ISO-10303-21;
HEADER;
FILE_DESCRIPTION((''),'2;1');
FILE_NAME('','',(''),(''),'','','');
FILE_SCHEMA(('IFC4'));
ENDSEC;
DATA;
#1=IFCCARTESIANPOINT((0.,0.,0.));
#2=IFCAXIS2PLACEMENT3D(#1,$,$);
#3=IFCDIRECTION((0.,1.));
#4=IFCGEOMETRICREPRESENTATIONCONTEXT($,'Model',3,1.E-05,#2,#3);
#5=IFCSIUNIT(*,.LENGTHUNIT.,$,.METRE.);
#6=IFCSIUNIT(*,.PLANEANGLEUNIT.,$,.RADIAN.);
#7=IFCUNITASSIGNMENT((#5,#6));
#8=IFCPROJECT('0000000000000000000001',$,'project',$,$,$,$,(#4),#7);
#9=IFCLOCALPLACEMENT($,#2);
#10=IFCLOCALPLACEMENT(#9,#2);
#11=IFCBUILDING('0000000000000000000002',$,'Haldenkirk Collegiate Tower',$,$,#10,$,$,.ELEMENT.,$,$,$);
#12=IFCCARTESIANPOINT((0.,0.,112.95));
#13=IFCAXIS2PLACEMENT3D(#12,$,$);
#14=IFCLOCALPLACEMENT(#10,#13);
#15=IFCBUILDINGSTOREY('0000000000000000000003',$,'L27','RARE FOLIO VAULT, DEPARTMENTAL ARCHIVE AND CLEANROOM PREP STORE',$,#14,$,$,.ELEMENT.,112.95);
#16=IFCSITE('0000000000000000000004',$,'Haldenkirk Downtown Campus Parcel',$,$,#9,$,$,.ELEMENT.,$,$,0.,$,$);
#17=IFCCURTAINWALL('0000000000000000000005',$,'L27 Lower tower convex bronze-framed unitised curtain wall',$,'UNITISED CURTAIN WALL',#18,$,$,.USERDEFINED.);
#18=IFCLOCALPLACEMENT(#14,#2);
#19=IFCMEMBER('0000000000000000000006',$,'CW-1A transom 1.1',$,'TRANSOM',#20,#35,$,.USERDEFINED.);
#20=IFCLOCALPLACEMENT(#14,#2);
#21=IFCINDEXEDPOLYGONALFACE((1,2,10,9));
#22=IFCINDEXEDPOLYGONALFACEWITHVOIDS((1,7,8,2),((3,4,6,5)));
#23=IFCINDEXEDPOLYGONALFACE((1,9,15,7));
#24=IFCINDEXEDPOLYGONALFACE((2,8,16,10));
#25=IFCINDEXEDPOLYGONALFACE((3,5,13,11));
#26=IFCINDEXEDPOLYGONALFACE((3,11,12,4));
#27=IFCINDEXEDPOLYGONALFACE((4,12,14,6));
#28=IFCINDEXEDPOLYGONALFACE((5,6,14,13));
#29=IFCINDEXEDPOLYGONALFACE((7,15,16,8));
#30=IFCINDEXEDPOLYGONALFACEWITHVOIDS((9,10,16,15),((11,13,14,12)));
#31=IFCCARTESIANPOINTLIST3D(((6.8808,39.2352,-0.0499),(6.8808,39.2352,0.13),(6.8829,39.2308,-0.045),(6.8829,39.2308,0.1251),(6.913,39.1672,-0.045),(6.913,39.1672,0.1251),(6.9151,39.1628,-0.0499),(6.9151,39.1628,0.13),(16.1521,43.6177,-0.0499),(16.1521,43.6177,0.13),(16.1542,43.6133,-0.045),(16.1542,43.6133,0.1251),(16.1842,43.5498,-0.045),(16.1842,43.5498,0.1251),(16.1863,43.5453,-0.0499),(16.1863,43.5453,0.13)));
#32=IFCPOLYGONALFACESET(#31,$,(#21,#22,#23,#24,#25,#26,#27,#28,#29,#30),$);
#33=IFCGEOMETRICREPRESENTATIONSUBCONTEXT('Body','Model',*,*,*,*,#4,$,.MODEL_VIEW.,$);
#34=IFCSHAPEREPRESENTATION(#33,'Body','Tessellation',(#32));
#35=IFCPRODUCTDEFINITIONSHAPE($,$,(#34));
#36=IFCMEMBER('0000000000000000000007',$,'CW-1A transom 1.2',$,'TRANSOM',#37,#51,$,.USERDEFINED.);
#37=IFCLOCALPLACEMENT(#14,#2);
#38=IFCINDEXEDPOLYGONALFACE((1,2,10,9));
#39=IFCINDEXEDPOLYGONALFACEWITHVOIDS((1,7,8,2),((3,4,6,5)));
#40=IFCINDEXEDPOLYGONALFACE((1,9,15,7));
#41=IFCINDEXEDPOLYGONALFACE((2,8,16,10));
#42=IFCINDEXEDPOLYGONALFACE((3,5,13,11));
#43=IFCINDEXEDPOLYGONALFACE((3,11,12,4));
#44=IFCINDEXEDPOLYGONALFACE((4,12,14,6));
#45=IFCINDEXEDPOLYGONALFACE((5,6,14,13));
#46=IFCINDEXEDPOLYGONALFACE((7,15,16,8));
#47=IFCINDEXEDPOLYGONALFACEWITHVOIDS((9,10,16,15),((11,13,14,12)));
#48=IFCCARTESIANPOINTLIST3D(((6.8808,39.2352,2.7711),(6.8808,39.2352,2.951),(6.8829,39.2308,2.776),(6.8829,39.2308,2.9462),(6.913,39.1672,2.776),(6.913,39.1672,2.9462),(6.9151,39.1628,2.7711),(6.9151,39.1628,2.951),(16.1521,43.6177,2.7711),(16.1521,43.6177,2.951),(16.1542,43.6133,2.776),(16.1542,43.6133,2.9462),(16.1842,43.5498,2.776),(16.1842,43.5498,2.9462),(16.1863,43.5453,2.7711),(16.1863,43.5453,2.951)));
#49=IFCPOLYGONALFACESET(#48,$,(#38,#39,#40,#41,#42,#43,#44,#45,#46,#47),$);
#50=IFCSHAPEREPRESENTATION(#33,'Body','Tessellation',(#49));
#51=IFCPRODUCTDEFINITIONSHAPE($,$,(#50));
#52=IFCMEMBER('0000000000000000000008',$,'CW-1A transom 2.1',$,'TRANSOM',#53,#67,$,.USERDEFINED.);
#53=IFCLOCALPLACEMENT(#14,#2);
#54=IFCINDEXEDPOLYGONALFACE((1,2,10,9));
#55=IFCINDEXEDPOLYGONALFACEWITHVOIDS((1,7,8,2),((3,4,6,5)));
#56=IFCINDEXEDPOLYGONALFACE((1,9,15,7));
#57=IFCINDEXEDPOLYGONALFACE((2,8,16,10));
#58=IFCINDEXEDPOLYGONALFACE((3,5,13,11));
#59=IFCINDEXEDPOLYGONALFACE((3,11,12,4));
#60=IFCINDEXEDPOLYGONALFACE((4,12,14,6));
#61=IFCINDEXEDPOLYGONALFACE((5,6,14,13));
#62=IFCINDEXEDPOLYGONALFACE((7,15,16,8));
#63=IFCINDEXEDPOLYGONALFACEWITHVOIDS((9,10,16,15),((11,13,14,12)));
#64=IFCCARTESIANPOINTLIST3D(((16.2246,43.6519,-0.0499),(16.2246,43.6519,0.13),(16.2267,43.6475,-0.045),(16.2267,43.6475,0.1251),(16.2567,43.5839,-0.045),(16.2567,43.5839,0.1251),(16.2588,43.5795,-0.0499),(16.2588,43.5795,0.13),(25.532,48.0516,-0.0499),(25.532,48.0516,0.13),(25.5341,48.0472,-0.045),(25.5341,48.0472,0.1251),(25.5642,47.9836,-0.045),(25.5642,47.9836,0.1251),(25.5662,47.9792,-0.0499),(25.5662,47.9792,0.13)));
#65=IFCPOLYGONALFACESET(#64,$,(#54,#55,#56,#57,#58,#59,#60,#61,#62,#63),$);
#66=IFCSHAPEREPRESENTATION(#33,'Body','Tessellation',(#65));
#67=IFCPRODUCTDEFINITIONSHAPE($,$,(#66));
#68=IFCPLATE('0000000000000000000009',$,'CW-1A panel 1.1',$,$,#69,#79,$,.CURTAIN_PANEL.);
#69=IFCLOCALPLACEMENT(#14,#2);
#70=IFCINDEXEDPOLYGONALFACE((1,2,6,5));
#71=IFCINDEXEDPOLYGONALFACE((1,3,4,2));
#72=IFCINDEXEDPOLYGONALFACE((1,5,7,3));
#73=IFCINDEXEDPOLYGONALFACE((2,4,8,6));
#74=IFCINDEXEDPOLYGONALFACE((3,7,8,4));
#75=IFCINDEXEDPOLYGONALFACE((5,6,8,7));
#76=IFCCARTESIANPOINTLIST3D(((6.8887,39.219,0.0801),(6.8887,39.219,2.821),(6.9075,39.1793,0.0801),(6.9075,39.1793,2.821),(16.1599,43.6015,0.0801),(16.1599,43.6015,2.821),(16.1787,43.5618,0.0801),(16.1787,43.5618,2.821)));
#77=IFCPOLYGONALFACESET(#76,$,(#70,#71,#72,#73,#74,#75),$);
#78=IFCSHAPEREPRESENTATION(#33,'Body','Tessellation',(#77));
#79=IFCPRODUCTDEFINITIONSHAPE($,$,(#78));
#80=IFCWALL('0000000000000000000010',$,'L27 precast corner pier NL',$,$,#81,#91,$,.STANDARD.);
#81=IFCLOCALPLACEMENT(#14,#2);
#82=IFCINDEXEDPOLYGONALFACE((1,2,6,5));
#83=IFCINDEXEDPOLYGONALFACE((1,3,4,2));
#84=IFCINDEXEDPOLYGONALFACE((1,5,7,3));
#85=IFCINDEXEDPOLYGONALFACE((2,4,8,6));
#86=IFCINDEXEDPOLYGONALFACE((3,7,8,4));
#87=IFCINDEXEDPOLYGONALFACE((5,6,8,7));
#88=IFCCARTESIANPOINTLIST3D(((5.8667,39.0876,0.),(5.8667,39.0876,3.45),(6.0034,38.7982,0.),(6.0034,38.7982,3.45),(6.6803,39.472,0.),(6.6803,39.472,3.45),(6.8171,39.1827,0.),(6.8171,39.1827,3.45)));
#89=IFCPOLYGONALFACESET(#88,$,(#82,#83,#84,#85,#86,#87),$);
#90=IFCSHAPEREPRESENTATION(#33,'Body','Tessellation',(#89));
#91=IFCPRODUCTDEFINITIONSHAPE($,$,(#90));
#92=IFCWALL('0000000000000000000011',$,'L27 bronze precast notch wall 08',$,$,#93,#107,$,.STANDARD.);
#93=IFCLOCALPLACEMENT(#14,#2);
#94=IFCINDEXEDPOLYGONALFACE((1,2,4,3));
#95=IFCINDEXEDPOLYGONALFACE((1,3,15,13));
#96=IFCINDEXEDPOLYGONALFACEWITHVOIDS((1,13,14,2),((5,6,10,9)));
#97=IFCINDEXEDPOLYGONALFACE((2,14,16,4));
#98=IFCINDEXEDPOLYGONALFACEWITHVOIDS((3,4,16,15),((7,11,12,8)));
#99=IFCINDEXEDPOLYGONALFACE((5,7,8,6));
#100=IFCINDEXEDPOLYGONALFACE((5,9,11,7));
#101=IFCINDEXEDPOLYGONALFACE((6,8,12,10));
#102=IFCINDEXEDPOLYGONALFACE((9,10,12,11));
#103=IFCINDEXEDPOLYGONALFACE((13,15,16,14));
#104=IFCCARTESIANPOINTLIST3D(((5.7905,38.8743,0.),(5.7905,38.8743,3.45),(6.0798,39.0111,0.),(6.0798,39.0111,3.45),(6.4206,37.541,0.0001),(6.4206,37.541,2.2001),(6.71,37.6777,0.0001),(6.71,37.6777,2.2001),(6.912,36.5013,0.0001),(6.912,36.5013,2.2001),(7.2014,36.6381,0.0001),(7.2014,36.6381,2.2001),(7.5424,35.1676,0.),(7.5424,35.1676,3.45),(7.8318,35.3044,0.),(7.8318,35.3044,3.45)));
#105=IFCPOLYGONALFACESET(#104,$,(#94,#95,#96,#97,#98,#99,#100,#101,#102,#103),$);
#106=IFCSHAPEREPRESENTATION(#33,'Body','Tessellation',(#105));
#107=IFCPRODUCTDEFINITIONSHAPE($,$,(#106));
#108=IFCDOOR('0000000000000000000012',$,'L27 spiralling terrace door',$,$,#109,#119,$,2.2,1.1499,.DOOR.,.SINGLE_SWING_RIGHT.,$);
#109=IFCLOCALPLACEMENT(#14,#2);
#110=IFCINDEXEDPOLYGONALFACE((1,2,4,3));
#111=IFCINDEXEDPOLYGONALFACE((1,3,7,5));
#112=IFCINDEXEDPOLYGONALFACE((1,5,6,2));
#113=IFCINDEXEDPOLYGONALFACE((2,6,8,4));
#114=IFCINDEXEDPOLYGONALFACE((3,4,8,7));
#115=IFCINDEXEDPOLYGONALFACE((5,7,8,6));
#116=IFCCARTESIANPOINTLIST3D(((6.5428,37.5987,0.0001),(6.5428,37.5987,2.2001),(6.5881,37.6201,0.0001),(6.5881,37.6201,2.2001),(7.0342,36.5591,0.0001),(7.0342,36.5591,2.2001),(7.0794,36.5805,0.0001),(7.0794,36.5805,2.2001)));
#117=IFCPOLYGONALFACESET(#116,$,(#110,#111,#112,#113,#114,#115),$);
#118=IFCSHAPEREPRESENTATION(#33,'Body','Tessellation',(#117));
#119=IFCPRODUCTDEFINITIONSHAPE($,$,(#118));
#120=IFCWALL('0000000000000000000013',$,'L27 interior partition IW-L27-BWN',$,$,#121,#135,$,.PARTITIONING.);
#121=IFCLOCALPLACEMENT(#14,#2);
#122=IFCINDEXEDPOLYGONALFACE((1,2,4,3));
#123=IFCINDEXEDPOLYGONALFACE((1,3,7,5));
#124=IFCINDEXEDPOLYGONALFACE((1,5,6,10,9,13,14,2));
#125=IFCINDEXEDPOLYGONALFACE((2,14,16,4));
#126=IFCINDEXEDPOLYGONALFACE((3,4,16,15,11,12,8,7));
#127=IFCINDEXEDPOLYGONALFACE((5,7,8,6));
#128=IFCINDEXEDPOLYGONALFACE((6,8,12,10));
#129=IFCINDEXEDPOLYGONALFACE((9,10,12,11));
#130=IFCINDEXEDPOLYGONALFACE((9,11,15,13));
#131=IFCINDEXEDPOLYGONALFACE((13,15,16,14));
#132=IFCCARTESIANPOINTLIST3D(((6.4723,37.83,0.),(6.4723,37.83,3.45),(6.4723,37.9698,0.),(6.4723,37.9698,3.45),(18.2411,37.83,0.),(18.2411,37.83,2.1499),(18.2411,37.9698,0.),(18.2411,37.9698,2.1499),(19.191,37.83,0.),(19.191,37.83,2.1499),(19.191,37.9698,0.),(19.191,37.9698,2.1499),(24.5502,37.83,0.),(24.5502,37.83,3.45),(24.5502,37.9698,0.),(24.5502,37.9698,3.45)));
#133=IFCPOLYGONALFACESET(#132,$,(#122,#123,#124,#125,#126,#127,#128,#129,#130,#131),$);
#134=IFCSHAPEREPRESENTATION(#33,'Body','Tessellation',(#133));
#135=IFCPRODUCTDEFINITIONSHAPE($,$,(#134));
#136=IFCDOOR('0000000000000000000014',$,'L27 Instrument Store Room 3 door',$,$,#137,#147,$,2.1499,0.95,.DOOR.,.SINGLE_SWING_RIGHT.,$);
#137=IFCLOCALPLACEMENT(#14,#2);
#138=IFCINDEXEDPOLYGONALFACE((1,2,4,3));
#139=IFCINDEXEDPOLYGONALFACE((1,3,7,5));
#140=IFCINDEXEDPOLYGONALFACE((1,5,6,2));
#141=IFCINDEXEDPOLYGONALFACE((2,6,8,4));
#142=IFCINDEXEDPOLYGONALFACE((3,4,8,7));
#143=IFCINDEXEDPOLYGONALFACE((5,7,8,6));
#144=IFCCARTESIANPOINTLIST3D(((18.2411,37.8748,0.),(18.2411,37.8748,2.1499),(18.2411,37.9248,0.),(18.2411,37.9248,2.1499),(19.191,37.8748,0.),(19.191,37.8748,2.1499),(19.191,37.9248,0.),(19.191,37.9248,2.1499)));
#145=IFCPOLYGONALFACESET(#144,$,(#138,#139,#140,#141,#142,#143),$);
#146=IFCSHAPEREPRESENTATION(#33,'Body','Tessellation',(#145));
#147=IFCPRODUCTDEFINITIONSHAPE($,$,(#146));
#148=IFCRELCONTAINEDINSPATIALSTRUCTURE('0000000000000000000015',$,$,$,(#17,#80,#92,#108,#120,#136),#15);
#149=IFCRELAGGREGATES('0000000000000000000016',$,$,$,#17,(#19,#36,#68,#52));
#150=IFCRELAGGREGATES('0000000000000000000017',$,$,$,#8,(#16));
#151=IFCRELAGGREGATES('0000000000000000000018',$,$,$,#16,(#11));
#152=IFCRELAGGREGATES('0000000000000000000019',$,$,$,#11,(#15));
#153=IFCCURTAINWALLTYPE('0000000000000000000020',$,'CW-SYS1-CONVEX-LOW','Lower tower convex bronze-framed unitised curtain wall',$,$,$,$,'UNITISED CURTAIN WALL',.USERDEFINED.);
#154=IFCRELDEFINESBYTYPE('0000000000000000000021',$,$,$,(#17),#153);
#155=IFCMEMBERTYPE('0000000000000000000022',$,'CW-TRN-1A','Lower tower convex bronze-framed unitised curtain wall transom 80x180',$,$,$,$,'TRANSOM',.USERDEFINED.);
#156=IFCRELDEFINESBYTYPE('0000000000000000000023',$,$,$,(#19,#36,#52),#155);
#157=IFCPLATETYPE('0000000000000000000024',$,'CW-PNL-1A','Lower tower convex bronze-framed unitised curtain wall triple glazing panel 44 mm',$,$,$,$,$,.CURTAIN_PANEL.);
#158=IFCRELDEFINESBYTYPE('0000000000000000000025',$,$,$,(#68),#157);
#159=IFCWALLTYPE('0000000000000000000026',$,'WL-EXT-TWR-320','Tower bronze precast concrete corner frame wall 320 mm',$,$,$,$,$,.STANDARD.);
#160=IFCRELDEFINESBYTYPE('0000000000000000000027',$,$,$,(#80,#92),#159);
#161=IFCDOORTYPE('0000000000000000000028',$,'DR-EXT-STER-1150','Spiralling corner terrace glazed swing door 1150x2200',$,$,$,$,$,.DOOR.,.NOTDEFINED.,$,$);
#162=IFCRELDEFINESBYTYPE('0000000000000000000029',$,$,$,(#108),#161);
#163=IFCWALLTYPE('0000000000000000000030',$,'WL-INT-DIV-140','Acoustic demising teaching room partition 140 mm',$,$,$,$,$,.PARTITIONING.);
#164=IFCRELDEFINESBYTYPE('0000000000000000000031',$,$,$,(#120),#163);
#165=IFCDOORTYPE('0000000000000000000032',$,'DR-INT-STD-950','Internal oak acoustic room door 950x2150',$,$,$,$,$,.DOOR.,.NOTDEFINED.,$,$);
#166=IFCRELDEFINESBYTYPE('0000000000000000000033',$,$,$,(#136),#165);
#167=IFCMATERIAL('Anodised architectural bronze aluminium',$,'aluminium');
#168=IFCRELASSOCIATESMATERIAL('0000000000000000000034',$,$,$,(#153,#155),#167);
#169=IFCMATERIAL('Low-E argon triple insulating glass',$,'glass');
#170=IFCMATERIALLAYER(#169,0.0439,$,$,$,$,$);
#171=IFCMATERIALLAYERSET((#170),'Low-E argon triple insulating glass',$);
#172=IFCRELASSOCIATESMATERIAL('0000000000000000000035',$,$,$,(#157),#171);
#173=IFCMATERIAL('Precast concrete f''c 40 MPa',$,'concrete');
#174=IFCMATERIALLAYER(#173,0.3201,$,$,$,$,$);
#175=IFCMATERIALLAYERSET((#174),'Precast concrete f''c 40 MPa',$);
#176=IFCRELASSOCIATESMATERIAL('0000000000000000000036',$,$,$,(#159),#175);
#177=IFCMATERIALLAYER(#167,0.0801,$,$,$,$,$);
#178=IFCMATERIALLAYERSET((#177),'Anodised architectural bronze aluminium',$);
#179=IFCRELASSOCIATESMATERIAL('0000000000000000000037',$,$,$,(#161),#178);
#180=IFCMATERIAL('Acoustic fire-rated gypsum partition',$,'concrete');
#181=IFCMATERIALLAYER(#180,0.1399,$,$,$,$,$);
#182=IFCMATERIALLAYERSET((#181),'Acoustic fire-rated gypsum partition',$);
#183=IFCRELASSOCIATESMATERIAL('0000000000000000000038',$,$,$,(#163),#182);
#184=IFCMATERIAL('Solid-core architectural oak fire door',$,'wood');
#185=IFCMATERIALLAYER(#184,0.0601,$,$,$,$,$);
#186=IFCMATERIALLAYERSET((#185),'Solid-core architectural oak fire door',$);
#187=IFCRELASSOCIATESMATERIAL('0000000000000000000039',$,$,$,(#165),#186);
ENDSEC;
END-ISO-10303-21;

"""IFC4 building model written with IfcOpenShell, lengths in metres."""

from ifc_helpers import new_model, si_unit, direction, frame, frame_2d, origin, origin_2d, place, context, subcontext, project, spatial, rectangle, hollow_rectangle, extrude, source, transform, mapped, material, layer, layer_set, material_profile, profile_set, type_object, element, fill, aggregate, save


model = new_model("IFC4")

# Units and contexts
model_context = context("Model", 3, precision=1e-05, world=origin(), true_north=direction((0.0, 1.0)))
body_context = subcontext(model_context, "Body", "Model", "MODEL_VIEW")
ifc_project = project(units=[si_unit("LENGTHUNIT", "METRE"), si_unit("PLANEANGLEUNIT", "RADIAN")], contexts=[model_context])

# Site, building, storey
site_placement = place(None, origin())
site = spatial("IfcSite", under=ifc_project, at=site_placement, Name="Haldenkirk Downtown Campus Parcel", CompositionType="ELEMENT", RefElevation=0.0)
building_placement = place(site_placement, origin())
building = spatial("IfcBuilding", under=site, at=building_placement, Name="Haldenkirk Collegiate Tower", CompositionType="ELEMENT")
storey_placement = place(building_placement, frame((0.0, 0.0, 112.95)))
storey = spatial("IfcBuildingStorey", under=building, at=storey_placement, Name="L27", Description="RARE FOLIO VAULT, DEPARTMENTAL ARCHIVE AND CLEANROOM PREP STORE", CompositionType="ELEMENT", Elevation=112.95)

# Curtain wall, members, plate
ifc_material_1 = material(Name="Anodised architectural bronze aluminium", Category="aluminium")
curtain_wall_type = type_object("IfcCurtainWallType", Name="CW-SYS1-CONVEX-LOW", Description="Lower tower convex bronze-framed unitised curtain wall", ElementType="UNITISED CURTAIN WALL", PredefinedType="USERDEFINED", material=ifc_material_1)
curtain_wall_placement = place(storey_placement, origin())
curtain_wall = element("IfcCurtainWall", 1, at=curtain_wall_placement, inside=storey, type_object=curtain_wall_type, Name="L27 Lower tower convex bronze-framed unitised curtain wall", ObjectType="UNITISED CURTAIN WALL", PredefinedType="USERDEFINED")
ifc_material_profile_1 = material_profile(ifc_material_1, hollow_rectangle(XDim=0.0801, YDim=0.1799, WallThickness=0.0049, at=origin_2d()), Name="CW-TRN-1A")
ifc_profile_set_1 = profile_set([ifc_material_profile_1], Name="Anodised architectural bronze aluminium")
member_type_1 = type_object("IfcMemberType", Name="CW-TRN-1A", Description="Lower tower convex bronze-framed unitised curtain wall transom 80x180", ElementType="TRANSOM", PredefinedType="USERDEFINED", material=ifc_profile_set_1)
member_1_placement = place(storey_placement, frame((6.8979, 39.199, 0.04), z_axis=(0.90408, 0.427364, 0.0), x_axis=(-0.427364, 0.90408, 0.0)))
member_1 = element("IfcMember", 2, at=member_1_placement, type_object=member_type_1, Name="CW-1A transom 1.1", ObjectType="TRANSOM", PredefinedType="USERDEFINED", context=body_context, shape_type="SweptSolid", body=[
    extrude(hollow_rectangle(XDim=0.0801, YDim=0.1799, WallThickness=0.0049, at=origin_2d()), origin(), (0.0, 0.0, 1.0), 10.2549),
])
member_2_placement = place(storey_placement, frame((6.8979, 39.199, 2.8611), z_axis=(0.90408, 0.427364, 0.0), x_axis=(-0.427364, 0.90408, 0.0)))
member_2 = element("IfcMember", 3, at=member_2_placement, type_object=member_type_1, Name="CW-1A transom 1.2", ObjectType="TRANSOM", PredefinedType="USERDEFINED", context=body_context, shape_type="SweptSolid", body=[
    extrude(hollow_rectangle(XDim=0.0801, YDim=0.1799, WallThickness=0.0049, at=origin_2d()), origin(), (0.0, 0.0, 1.0), 10.2549),
])
member_3_placement = place(storey_placement, frame((16.2417, 43.6157, 0.04), z_axis=(0.904079, 0.427364, 0.0), x_axis=(-0.427364, 0.904079, 0.0)))
member_3 = element("IfcMember", 4, at=member_3_placement, type_object=member_type_1, Name="CW-1A transom 2.1", ObjectType="TRANSOM", PredefinedType="USERDEFINED", context=body_context, shape_type="SweptSolid", body=[
    extrude(hollow_rectangle(XDim=0.0801, YDim=0.1799, WallThickness=0.0049, at=origin_2d()), origin(), (0.0, 0.0, 1.0), 10.2949),
])
ifc_material_2 = material(Name="Low-E argon triple insulating glass", Category="glass")
ifc_layer_1 = layer(ifc_material_2, 0.0439)
ifc_layer_set_1 = layer_set([ifc_layer_1], Name="Low-E argon triple insulating glass")
plate_type = type_object("IfcPlateType", Name="CW-PNL-1A", Description="Lower tower convex bronze-framed unitised curtain wall triple glazing panel 44 mm", PredefinedType="CURTAIN_PANEL", material=ifc_layer_set_1)
shared_shape_1 = source(origin(), body_context, "Body", "SweptSolid", [
    extrude(rectangle(XDim=10.2549, YDim=0.0439, at=origin_2d()), origin(), (0.0, 0.0, 1.0), 2.741),
])
plate_placement = place(storey_placement, frame((11.5337, 41.3904, 0.0801), z_axis=(0.0, 0.0, 1.0), x_axis=(0.904082, 0.427359, 0.0)))
plate = element("IfcPlate", 5, at=plate_placement, type_object=plate_type, Name="CW-1A panel 1.1", PredefinedType="CURTAIN_PANEL", context=body_context, shape_type="MappedRepresentation", body=[
    mapped(shared_shape_1, transform((0.0, 0.0, 0.0), x_axis=(1.0, 0.0, 0.0), y_axis=(0.0, 1.0, 0.0), z_axis=(0.0, 0.0, 1.0), scale=1.0)),
])
aggregate(curtain_wall, [member_1, member_2, plate, member_3])

# Wall
ifc_material_3 = material(Name="Precast concrete f'c 40 MPa", Category="concrete")
ifc_layer_2 = layer(ifc_material_3, 0.3201)
ifc_layer_set_2 = layer_set([ifc_layer_2], Name="Precast concrete f'c 40 MPa")
wall_type_1 = type_object("IfcWallType", Name="WL-EXT-TWR-320", Description="Tower bronze precast concrete corner frame wall 320 mm", PredefinedType="STANDARD", material=ifc_layer_set_2)
wall_1_placement = place(storey_placement, frame((5.9351, 38.9429, 0.0), z_axis=(0.0, 0.0, 1.0), x_axis=(0.904135, 0.427247, 0.0)))
element("IfcWall", 6, at=wall_1_placement, inside=storey, type_object=wall_type_1, Name="L27 precast corner pier NL", PredefinedType="STANDARD", context=body_context, shape_type="SweptSolid", body=[
    extrude(rectangle(XDim=0.8999, YDim=0.3201, at=frame_2d((0.45, 0.0))), origin(), (0.0, 0.0, 1.0), 3.45),
])

# Walls, openings, doors
wall_2_placement = place(storey_placement, frame((7.687, 35.2361, 0.0), z_axis=(0.0, 0.0, 1.0), x_axis=(-0.427311, 0.904105, 0.0)))
wall_2 = element("IfcWall", 7, at=wall_2_placement, inside=storey, type_object=wall_type_1, Name="L27 bronze precast notch wall 08", PredefinedType="STANDARD", context=body_context, shape_type="SweptSolid", body=[
    extrude(rectangle(XDim=4.0999, YDim=0.3201, at=frame_2d((2.0498, 0.0))), origin(), (0.0, 0.0, 1.0), 3.45),
])
opening_1_placement = place(wall_2_placement, frame((1.4751, 0.0, 0.0)))
opening_1 = element("IfcOpeningElement", 8, at=opening_1_placement, cuts=wall_2, PredefinedType="OPENING", context=body_context, shape_type="SweptSolid", body=[
    extrude(rectangle(XDim=1.1499, YDim=2.2, at=frame_2d((0.575, 1.1001))), frame((0.0, 0.1699, 0.0), z_axis=(0.0, -1.0, 0.0), x_axis=(1.0, 0.0, 0.0)), (0.0, 0.0, 1.0), 0.3401),
])
ifc_layer_3 = layer(ifc_material_1, 0.0801)
ifc_layer_set_3 = layer_set([ifc_layer_3], Name="Anodised architectural bronze aluminium")
door_type_1 = type_object("IfcDoorType", Name="DR-EXT-STER-1150", Description="Spiralling corner terrace glazed swing door 1150x2200", OperationType="NOTDEFINED", PredefinedType="DOOR", material=ifc_layer_set_3)
door_1_placement = place(opening_1_placement, origin())
door_1 = element("IfcDoor", 9, at=door_1_placement, inside=storey, type_object=door_type_1, Name="L27 spiralling terrace door", OperationType="SINGLE_SWING_RIGHT", OverallHeight=2.2, OverallWidth=1.1499, PredefinedType="DOOR", context=body_context, shape_type="SweptSolid", body=[
    extrude(rectangle(XDim=1.1499, YDim=2.2, at=frame_2d((0.575, 1.1001))), frame((0.0, 0.0249, 0.0), z_axis=(0.0, -1.0, 0.0), x_axis=(1.0, 0.0, 0.0)), (0.0, 0.0, 1.0), 0.05),
])
fill(opening_1, door_1)
ifc_material_4 = material(Name="Acoustic fire-rated gypsum partition", Category="concrete")
ifc_layer_4 = layer(ifc_material_4, 0.1399)
ifc_layer_set_4 = layer_set([ifc_layer_4], Name="Acoustic fire-rated gypsum partition")
wall_type_2 = type_object("IfcWallType", Name="WL-INT-DIV-140", Description="Acoustic demising teaching room partition 140 mm", PredefinedType="PARTITIONING", material=ifc_layer_set_4)
wall_3_placement = place(storey_placement, frame((6.4722, 37.8999, 0.0), z_axis=(0.0, 0.0, 1.0), x_axis=(1.0, 0.0, 0.0)))
wall_3 = element("IfcWall", 10, at=wall_3_placement, inside=storey, type_object=wall_type_2, Name="L27 interior partition IW-L27-BWN", PredefinedType="PARTITIONING", context=body_context, shape_type="SweptSolid", body=[
    extrude(rectangle(XDim=18.0779, YDim=0.1399, at=frame_2d((9.0391, 0.0))), origin(), (0.0, 0.0, 1.0), 3.45),
])
opening_2_placement = place(wall_3_placement, frame((11.7688, 0.0, 0.0)))
opening_2 = element("IfcOpeningElement", 11, at=opening_2_placement, cuts=wall_3, PredefinedType="OPENING", context=body_context, shape_type="SweptSolid", body=[
    extrude(rectangle(XDim=0.95, YDim=2.1499, at=frame_2d((0.4751, 1.075))), frame((0.0, 0.0798, 0.0), z_axis=(0.0, -1.0, 0.0), x_axis=(1.0, 0.0, 0.0)), (0.0, 0.0, 1.0), 0.1599),
])
ifc_material_5 = material(Name="Solid-core architectural oak fire door", Category="wood")
ifc_layer_5 = layer(ifc_material_5, 0.0601)
ifc_layer_set_5 = layer_set([ifc_layer_5], Name="Solid-core architectural oak fire door")
door_type_2 = type_object("IfcDoorType", Name="DR-INT-STD-950", Description="Internal oak acoustic room door 950x2150", OperationType="NOTDEFINED", PredefinedType="DOOR", material=ifc_layer_set_5)
door_2_placement = place(opening_2_placement, origin())
door_2 = element("IfcDoor", 12, at=door_2_placement, inside=storey, type_object=door_type_2, Name="L27 Instrument Store Room 3 door", OperationType="SINGLE_SWING_RIGHT", OverallHeight=2.1499, OverallWidth=0.95, PredefinedType="DOOR", context=body_context, shape_type="SweptSolid", body=[
    extrude(rectangle(XDim=0.95, YDim=2.1499, at=frame_2d((0.4751, 1.075))), frame((0.0, 0.0249, 0.0), z_axis=(0.0, -1.0, 0.0), x_axis=(1.0, 0.0, 0.0)), (0.0, 0.0, 1.0), 0.05),
])
fill(opening_2, door_2)

save(model, "model.ifc")
